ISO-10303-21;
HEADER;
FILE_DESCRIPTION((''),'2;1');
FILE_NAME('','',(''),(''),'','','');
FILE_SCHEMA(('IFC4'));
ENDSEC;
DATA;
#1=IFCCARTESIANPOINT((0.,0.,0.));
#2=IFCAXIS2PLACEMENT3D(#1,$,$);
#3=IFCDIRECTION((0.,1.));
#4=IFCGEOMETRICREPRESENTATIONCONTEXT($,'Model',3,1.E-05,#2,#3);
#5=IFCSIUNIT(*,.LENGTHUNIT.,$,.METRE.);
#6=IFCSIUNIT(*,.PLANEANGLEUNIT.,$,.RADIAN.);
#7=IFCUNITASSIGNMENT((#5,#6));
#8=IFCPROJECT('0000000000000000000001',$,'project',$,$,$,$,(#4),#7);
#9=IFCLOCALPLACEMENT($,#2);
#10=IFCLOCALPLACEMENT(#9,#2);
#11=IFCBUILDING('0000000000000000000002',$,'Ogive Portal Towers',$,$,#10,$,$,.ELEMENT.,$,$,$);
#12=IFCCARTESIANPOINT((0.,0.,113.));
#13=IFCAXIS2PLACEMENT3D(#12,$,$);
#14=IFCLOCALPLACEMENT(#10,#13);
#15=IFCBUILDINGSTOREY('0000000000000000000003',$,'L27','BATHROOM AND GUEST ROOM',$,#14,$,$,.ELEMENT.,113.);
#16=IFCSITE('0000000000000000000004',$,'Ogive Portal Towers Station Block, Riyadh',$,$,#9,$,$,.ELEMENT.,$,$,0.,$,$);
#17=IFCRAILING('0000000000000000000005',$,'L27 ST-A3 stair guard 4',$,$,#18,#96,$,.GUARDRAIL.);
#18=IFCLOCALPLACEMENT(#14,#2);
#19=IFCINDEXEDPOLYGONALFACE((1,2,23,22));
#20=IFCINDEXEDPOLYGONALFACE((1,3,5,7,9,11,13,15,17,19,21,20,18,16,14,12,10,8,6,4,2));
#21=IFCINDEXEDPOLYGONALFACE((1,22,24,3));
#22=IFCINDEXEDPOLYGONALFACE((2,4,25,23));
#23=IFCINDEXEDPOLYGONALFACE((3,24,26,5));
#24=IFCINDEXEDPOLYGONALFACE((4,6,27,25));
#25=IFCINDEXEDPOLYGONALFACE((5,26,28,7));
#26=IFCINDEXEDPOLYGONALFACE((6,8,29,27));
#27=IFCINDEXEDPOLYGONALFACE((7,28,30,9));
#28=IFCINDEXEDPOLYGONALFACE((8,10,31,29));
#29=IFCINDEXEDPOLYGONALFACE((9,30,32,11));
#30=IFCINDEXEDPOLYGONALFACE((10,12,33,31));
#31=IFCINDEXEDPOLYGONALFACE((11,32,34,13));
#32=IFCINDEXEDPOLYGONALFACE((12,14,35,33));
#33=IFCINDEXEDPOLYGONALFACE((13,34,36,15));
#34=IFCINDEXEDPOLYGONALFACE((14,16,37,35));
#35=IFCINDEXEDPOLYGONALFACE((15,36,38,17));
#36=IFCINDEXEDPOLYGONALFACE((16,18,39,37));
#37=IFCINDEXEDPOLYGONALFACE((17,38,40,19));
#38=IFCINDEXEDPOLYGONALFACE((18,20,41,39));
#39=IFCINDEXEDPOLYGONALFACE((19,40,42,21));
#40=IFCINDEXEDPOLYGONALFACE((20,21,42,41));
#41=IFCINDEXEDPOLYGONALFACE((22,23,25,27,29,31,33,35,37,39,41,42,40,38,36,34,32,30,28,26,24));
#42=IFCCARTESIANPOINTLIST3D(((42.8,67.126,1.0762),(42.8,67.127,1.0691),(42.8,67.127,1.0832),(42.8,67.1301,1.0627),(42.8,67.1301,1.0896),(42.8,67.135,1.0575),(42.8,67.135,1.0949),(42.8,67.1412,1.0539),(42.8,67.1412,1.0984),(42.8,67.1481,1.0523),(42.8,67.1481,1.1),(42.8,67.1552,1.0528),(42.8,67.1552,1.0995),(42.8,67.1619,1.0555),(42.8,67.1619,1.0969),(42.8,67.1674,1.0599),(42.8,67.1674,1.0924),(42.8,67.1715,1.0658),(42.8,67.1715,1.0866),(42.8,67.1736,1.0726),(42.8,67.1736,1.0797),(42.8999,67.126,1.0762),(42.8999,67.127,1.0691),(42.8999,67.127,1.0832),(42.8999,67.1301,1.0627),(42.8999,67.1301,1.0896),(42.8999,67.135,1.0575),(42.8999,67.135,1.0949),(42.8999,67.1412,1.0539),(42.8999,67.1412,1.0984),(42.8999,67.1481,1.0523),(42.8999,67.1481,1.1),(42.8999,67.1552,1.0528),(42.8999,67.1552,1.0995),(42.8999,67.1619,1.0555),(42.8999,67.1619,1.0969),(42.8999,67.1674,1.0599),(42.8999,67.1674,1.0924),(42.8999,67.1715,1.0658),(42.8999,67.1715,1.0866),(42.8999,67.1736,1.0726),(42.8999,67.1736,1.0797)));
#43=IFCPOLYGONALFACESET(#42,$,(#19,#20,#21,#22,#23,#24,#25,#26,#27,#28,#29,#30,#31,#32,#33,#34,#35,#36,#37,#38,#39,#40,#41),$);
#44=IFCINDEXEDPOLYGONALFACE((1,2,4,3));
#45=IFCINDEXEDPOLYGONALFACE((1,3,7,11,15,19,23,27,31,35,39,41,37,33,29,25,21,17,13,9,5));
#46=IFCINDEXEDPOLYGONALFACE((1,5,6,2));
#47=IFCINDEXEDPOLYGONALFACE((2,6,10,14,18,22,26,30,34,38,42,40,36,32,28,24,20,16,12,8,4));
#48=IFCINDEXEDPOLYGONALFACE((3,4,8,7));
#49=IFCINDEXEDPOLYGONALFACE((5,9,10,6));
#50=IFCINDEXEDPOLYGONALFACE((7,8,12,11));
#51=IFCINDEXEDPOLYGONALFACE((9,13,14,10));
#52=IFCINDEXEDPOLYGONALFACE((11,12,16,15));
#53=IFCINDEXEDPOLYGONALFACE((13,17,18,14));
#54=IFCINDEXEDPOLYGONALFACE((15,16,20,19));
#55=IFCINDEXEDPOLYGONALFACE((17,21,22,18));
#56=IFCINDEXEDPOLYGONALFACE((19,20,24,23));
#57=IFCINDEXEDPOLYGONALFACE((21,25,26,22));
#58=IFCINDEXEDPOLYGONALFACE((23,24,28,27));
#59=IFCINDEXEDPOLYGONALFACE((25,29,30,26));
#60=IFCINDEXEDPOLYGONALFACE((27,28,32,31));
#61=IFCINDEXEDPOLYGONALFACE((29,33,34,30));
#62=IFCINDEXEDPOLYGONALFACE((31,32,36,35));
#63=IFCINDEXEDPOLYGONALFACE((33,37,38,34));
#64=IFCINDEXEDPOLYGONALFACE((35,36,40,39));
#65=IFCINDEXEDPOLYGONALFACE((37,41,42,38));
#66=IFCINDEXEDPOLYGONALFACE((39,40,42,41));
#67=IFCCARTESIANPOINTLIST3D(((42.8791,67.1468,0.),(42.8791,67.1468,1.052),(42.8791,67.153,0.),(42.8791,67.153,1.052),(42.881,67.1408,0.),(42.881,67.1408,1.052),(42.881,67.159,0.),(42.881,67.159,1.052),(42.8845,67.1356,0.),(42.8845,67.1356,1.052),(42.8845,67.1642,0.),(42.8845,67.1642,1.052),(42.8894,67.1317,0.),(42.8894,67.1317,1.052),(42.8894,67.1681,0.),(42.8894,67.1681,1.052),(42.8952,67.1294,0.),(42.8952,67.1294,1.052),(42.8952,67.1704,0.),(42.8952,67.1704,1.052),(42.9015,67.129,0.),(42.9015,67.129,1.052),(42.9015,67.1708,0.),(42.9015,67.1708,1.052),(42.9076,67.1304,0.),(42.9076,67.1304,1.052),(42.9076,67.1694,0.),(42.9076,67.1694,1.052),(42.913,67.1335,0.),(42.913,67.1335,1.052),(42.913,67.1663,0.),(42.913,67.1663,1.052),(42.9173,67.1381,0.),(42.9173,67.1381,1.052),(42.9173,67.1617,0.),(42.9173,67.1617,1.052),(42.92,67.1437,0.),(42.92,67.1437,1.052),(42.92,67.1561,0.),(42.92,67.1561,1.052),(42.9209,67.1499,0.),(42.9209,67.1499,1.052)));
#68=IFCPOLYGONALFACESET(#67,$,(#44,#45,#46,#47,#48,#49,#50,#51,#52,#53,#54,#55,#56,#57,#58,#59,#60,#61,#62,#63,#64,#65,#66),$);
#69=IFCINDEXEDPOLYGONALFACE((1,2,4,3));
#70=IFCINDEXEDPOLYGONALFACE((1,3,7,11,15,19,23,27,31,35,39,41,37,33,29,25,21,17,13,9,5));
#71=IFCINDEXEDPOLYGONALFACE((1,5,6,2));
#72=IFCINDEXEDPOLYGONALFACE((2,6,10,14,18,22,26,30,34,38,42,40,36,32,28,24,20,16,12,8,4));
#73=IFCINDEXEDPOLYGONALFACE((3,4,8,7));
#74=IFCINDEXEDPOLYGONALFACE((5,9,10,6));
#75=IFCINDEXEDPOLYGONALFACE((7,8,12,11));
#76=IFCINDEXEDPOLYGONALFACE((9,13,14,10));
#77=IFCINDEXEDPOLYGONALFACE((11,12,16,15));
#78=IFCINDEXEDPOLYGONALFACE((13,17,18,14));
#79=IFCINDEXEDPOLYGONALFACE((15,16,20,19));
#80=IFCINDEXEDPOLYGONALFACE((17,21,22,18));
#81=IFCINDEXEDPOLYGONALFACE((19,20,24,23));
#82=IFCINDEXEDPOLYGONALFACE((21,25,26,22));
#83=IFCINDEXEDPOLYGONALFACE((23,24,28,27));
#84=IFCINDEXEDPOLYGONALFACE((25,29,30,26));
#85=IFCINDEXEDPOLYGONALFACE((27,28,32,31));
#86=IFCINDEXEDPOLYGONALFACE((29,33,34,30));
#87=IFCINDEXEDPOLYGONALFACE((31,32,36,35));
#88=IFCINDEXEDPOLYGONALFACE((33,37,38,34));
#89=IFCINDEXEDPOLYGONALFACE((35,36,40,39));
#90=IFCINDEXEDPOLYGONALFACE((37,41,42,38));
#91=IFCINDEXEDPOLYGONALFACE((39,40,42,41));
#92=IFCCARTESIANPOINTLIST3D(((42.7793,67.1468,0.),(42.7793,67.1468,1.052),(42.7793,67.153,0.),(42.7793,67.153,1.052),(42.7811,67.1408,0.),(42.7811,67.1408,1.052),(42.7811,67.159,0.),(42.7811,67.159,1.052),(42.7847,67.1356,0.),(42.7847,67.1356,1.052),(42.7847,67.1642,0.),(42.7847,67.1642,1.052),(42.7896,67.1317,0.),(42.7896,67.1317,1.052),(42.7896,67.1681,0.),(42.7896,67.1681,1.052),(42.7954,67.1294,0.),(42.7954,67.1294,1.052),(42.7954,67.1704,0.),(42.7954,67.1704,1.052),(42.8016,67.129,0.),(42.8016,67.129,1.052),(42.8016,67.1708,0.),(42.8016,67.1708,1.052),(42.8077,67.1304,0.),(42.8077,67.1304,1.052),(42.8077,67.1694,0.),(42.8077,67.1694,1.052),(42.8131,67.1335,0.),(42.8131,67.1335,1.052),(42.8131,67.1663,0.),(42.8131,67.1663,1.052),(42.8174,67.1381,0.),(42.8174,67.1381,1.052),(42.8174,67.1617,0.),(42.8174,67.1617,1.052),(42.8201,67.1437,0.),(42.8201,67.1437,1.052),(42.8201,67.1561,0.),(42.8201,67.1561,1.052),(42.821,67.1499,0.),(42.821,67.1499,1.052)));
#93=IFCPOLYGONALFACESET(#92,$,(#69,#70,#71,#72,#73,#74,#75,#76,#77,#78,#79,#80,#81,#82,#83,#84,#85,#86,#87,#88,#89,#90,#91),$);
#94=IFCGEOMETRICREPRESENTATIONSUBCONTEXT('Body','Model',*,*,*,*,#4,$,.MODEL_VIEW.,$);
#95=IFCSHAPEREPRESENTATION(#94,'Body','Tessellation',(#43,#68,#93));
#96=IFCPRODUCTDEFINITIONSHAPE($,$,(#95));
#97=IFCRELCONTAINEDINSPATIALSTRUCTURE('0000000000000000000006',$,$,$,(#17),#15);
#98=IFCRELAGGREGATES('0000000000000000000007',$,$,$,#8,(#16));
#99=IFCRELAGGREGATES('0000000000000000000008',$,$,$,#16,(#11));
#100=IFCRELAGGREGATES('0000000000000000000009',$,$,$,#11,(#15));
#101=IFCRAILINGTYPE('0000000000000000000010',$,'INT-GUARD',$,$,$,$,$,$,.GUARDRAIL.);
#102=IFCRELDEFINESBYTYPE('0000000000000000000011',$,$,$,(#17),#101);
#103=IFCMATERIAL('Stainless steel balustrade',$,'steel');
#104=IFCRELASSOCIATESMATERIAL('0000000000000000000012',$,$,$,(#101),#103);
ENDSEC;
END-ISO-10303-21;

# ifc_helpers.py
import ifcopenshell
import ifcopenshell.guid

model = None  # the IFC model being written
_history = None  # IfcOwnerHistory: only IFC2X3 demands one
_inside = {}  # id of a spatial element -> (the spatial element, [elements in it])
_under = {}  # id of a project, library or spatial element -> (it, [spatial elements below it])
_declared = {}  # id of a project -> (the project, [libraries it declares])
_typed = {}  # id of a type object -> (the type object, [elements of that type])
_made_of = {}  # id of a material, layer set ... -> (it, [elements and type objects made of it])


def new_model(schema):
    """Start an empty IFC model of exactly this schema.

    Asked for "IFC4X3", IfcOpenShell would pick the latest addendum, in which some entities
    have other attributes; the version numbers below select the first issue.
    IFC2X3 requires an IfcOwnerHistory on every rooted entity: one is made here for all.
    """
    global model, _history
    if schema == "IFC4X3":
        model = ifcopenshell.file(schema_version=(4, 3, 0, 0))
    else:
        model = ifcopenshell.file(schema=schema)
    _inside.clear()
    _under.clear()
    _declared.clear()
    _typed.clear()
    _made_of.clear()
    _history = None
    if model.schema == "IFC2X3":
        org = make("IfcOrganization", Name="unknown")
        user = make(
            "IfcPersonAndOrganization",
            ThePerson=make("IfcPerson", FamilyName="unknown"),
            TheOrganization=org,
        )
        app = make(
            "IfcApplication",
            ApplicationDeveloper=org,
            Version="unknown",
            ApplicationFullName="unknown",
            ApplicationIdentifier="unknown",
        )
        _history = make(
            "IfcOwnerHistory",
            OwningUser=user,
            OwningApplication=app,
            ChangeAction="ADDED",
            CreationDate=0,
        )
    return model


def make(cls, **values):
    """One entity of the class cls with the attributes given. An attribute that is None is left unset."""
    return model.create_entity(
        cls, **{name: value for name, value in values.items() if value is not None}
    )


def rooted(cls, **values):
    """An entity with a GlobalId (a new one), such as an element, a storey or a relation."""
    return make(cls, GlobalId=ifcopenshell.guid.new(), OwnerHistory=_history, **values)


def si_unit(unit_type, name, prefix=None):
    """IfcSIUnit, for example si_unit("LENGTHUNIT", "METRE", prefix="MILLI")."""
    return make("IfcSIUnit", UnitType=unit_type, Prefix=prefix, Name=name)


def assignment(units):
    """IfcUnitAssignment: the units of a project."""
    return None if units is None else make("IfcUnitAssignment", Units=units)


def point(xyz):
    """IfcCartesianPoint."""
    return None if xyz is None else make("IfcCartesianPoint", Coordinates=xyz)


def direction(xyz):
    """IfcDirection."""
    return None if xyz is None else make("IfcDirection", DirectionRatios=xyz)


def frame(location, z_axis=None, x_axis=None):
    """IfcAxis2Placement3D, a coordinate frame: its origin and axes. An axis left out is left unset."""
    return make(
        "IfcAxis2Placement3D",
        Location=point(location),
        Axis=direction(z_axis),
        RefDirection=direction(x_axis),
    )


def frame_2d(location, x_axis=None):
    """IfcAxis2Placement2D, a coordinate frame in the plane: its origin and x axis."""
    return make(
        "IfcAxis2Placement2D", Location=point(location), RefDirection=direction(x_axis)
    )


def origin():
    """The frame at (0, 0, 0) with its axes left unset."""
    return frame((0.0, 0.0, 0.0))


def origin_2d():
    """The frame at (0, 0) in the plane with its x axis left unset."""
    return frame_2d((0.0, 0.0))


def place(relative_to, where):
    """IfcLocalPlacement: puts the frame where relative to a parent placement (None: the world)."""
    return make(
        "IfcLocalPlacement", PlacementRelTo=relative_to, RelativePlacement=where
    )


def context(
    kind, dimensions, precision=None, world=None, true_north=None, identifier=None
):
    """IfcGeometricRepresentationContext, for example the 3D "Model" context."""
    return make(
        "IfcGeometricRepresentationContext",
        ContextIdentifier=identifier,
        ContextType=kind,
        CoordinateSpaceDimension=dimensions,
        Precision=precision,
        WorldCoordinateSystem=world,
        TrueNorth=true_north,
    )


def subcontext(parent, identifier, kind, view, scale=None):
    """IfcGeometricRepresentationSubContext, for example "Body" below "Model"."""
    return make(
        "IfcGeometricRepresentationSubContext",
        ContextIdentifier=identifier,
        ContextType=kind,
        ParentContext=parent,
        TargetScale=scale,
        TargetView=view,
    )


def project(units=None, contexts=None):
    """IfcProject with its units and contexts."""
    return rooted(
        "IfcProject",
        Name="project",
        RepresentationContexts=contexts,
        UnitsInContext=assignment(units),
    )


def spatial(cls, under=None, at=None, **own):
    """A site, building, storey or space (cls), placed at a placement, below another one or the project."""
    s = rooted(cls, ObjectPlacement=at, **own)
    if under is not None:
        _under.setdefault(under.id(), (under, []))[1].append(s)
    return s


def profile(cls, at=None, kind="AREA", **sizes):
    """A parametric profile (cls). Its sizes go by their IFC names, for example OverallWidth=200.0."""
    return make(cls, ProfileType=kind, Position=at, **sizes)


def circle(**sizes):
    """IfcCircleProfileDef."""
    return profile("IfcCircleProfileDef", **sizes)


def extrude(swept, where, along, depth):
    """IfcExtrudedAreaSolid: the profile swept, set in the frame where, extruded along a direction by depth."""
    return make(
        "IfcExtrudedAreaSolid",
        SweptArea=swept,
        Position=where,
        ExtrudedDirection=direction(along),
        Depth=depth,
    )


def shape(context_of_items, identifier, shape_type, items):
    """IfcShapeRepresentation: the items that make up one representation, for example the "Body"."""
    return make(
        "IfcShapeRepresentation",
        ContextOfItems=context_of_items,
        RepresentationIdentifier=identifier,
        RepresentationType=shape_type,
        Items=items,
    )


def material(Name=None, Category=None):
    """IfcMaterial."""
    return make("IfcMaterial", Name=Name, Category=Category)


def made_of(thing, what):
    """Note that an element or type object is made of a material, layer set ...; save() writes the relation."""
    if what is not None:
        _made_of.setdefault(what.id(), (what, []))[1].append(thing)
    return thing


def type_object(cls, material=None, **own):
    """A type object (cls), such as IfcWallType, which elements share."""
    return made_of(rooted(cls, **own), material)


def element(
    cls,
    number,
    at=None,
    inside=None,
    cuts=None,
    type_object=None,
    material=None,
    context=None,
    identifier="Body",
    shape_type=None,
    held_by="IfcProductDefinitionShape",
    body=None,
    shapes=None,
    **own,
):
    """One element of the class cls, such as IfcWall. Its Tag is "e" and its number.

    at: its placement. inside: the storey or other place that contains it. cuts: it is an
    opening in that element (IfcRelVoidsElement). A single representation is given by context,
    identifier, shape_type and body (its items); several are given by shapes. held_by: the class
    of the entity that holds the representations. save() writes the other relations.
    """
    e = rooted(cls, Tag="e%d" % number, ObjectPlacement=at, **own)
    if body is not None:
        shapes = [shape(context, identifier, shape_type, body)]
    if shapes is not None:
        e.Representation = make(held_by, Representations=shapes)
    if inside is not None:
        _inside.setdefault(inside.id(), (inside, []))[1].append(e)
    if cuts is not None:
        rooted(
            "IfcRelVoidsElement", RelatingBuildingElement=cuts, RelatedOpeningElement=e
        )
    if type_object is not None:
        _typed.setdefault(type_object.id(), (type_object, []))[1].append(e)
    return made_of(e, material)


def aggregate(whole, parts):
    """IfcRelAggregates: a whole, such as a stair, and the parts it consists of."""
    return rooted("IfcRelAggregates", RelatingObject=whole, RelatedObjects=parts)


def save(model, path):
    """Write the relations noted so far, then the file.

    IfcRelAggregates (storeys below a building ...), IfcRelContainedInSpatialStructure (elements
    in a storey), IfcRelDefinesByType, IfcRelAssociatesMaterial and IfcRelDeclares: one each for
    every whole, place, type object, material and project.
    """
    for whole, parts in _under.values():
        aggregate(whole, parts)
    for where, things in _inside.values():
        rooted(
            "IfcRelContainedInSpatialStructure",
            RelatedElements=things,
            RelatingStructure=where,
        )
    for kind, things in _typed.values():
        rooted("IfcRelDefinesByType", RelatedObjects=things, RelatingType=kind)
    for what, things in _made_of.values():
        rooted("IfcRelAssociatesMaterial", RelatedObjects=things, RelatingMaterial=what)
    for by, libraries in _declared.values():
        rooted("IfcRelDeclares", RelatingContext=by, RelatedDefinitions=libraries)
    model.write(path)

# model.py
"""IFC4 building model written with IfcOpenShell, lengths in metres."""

from ifc_helpers import new_model, si_unit, direction, frame, origin, origin_2d, place, context, subcontext, project, spatial, circle, extrude, material, type_object, element, save


model = new_model("IFC4")

# Units and contexts
model_context = context("Model", 3, precision=1e-05, world=origin(), true_north=direction((0.0, 1.0)))
body_context = subcontext(model_context, "Body", "Model", "MODEL_VIEW")
ifc_project = project(units=[si_unit("LENGTHUNIT", "METRE"), si_unit("PLANEANGLEUNIT", "RADIAN")], contexts=[model_context])

# Site, building, storey
site_placement = place(None, origin())
site = spatial("IfcSite", under=ifc_project, at=site_placement, Name="Ogive Portal Towers Station Block, Riyadh", CompositionType="ELEMENT", RefElevation=0.0)
building_placement = place(site_placement, origin())
building = spatial("IfcBuilding", under=site, at=building_placement, Name="Ogive Portal Towers", CompositionType="ELEMENT")
storey_placement = place(building_placement, frame((0.0, 0.0, 113.0)))
storey = spatial("IfcBuildingStorey", under=building, at=storey_placement, Name="L27", Description="BATHROOM AND GUEST ROOM", CompositionType="ELEMENT", Elevation=113.0)

# Railing
ifc_material_1 = material(Name="Stainless steel balustrade", Category="steel")
railing_type_1 = type_object("IfcRailingType", Name="INT-GUARD", PredefinedType="GUARDRAIL", material=ifc_material_1)
railing_1_placement = place(storey_placement, frame((42.8999, 67.1499, 0.0)))
element("IfcRailing", 1, at=railing_1_placement, inside=storey, type_object=railing_type_1, Name="L27 ST-A3 stair guard 4", PredefinedType="GUARDRAIL", context=body_context, shape_type="SweptSolid", body=[
    extrude(circle(Radius=0.0239, at=origin_2d()), frame((0.0, 0.0, 1.0762), z_axis=(-1.0, 0.0, 0.0), x_axis=(0.0, -1.0, 0.0)), (0.0, 0.0, 1.0), 0.0999),
    extrude(circle(Radius=0.021, at=origin_2d()), origin(), (0.0, 0.0, 1.0), 1.052),
    extrude(circle(Radius=0.021, at=origin_2d()), frame((-0.0999, 0.0, 0.0)), (0.0, 0.0, 1.0), 1.052),
])

save(model, "model.ifc")
